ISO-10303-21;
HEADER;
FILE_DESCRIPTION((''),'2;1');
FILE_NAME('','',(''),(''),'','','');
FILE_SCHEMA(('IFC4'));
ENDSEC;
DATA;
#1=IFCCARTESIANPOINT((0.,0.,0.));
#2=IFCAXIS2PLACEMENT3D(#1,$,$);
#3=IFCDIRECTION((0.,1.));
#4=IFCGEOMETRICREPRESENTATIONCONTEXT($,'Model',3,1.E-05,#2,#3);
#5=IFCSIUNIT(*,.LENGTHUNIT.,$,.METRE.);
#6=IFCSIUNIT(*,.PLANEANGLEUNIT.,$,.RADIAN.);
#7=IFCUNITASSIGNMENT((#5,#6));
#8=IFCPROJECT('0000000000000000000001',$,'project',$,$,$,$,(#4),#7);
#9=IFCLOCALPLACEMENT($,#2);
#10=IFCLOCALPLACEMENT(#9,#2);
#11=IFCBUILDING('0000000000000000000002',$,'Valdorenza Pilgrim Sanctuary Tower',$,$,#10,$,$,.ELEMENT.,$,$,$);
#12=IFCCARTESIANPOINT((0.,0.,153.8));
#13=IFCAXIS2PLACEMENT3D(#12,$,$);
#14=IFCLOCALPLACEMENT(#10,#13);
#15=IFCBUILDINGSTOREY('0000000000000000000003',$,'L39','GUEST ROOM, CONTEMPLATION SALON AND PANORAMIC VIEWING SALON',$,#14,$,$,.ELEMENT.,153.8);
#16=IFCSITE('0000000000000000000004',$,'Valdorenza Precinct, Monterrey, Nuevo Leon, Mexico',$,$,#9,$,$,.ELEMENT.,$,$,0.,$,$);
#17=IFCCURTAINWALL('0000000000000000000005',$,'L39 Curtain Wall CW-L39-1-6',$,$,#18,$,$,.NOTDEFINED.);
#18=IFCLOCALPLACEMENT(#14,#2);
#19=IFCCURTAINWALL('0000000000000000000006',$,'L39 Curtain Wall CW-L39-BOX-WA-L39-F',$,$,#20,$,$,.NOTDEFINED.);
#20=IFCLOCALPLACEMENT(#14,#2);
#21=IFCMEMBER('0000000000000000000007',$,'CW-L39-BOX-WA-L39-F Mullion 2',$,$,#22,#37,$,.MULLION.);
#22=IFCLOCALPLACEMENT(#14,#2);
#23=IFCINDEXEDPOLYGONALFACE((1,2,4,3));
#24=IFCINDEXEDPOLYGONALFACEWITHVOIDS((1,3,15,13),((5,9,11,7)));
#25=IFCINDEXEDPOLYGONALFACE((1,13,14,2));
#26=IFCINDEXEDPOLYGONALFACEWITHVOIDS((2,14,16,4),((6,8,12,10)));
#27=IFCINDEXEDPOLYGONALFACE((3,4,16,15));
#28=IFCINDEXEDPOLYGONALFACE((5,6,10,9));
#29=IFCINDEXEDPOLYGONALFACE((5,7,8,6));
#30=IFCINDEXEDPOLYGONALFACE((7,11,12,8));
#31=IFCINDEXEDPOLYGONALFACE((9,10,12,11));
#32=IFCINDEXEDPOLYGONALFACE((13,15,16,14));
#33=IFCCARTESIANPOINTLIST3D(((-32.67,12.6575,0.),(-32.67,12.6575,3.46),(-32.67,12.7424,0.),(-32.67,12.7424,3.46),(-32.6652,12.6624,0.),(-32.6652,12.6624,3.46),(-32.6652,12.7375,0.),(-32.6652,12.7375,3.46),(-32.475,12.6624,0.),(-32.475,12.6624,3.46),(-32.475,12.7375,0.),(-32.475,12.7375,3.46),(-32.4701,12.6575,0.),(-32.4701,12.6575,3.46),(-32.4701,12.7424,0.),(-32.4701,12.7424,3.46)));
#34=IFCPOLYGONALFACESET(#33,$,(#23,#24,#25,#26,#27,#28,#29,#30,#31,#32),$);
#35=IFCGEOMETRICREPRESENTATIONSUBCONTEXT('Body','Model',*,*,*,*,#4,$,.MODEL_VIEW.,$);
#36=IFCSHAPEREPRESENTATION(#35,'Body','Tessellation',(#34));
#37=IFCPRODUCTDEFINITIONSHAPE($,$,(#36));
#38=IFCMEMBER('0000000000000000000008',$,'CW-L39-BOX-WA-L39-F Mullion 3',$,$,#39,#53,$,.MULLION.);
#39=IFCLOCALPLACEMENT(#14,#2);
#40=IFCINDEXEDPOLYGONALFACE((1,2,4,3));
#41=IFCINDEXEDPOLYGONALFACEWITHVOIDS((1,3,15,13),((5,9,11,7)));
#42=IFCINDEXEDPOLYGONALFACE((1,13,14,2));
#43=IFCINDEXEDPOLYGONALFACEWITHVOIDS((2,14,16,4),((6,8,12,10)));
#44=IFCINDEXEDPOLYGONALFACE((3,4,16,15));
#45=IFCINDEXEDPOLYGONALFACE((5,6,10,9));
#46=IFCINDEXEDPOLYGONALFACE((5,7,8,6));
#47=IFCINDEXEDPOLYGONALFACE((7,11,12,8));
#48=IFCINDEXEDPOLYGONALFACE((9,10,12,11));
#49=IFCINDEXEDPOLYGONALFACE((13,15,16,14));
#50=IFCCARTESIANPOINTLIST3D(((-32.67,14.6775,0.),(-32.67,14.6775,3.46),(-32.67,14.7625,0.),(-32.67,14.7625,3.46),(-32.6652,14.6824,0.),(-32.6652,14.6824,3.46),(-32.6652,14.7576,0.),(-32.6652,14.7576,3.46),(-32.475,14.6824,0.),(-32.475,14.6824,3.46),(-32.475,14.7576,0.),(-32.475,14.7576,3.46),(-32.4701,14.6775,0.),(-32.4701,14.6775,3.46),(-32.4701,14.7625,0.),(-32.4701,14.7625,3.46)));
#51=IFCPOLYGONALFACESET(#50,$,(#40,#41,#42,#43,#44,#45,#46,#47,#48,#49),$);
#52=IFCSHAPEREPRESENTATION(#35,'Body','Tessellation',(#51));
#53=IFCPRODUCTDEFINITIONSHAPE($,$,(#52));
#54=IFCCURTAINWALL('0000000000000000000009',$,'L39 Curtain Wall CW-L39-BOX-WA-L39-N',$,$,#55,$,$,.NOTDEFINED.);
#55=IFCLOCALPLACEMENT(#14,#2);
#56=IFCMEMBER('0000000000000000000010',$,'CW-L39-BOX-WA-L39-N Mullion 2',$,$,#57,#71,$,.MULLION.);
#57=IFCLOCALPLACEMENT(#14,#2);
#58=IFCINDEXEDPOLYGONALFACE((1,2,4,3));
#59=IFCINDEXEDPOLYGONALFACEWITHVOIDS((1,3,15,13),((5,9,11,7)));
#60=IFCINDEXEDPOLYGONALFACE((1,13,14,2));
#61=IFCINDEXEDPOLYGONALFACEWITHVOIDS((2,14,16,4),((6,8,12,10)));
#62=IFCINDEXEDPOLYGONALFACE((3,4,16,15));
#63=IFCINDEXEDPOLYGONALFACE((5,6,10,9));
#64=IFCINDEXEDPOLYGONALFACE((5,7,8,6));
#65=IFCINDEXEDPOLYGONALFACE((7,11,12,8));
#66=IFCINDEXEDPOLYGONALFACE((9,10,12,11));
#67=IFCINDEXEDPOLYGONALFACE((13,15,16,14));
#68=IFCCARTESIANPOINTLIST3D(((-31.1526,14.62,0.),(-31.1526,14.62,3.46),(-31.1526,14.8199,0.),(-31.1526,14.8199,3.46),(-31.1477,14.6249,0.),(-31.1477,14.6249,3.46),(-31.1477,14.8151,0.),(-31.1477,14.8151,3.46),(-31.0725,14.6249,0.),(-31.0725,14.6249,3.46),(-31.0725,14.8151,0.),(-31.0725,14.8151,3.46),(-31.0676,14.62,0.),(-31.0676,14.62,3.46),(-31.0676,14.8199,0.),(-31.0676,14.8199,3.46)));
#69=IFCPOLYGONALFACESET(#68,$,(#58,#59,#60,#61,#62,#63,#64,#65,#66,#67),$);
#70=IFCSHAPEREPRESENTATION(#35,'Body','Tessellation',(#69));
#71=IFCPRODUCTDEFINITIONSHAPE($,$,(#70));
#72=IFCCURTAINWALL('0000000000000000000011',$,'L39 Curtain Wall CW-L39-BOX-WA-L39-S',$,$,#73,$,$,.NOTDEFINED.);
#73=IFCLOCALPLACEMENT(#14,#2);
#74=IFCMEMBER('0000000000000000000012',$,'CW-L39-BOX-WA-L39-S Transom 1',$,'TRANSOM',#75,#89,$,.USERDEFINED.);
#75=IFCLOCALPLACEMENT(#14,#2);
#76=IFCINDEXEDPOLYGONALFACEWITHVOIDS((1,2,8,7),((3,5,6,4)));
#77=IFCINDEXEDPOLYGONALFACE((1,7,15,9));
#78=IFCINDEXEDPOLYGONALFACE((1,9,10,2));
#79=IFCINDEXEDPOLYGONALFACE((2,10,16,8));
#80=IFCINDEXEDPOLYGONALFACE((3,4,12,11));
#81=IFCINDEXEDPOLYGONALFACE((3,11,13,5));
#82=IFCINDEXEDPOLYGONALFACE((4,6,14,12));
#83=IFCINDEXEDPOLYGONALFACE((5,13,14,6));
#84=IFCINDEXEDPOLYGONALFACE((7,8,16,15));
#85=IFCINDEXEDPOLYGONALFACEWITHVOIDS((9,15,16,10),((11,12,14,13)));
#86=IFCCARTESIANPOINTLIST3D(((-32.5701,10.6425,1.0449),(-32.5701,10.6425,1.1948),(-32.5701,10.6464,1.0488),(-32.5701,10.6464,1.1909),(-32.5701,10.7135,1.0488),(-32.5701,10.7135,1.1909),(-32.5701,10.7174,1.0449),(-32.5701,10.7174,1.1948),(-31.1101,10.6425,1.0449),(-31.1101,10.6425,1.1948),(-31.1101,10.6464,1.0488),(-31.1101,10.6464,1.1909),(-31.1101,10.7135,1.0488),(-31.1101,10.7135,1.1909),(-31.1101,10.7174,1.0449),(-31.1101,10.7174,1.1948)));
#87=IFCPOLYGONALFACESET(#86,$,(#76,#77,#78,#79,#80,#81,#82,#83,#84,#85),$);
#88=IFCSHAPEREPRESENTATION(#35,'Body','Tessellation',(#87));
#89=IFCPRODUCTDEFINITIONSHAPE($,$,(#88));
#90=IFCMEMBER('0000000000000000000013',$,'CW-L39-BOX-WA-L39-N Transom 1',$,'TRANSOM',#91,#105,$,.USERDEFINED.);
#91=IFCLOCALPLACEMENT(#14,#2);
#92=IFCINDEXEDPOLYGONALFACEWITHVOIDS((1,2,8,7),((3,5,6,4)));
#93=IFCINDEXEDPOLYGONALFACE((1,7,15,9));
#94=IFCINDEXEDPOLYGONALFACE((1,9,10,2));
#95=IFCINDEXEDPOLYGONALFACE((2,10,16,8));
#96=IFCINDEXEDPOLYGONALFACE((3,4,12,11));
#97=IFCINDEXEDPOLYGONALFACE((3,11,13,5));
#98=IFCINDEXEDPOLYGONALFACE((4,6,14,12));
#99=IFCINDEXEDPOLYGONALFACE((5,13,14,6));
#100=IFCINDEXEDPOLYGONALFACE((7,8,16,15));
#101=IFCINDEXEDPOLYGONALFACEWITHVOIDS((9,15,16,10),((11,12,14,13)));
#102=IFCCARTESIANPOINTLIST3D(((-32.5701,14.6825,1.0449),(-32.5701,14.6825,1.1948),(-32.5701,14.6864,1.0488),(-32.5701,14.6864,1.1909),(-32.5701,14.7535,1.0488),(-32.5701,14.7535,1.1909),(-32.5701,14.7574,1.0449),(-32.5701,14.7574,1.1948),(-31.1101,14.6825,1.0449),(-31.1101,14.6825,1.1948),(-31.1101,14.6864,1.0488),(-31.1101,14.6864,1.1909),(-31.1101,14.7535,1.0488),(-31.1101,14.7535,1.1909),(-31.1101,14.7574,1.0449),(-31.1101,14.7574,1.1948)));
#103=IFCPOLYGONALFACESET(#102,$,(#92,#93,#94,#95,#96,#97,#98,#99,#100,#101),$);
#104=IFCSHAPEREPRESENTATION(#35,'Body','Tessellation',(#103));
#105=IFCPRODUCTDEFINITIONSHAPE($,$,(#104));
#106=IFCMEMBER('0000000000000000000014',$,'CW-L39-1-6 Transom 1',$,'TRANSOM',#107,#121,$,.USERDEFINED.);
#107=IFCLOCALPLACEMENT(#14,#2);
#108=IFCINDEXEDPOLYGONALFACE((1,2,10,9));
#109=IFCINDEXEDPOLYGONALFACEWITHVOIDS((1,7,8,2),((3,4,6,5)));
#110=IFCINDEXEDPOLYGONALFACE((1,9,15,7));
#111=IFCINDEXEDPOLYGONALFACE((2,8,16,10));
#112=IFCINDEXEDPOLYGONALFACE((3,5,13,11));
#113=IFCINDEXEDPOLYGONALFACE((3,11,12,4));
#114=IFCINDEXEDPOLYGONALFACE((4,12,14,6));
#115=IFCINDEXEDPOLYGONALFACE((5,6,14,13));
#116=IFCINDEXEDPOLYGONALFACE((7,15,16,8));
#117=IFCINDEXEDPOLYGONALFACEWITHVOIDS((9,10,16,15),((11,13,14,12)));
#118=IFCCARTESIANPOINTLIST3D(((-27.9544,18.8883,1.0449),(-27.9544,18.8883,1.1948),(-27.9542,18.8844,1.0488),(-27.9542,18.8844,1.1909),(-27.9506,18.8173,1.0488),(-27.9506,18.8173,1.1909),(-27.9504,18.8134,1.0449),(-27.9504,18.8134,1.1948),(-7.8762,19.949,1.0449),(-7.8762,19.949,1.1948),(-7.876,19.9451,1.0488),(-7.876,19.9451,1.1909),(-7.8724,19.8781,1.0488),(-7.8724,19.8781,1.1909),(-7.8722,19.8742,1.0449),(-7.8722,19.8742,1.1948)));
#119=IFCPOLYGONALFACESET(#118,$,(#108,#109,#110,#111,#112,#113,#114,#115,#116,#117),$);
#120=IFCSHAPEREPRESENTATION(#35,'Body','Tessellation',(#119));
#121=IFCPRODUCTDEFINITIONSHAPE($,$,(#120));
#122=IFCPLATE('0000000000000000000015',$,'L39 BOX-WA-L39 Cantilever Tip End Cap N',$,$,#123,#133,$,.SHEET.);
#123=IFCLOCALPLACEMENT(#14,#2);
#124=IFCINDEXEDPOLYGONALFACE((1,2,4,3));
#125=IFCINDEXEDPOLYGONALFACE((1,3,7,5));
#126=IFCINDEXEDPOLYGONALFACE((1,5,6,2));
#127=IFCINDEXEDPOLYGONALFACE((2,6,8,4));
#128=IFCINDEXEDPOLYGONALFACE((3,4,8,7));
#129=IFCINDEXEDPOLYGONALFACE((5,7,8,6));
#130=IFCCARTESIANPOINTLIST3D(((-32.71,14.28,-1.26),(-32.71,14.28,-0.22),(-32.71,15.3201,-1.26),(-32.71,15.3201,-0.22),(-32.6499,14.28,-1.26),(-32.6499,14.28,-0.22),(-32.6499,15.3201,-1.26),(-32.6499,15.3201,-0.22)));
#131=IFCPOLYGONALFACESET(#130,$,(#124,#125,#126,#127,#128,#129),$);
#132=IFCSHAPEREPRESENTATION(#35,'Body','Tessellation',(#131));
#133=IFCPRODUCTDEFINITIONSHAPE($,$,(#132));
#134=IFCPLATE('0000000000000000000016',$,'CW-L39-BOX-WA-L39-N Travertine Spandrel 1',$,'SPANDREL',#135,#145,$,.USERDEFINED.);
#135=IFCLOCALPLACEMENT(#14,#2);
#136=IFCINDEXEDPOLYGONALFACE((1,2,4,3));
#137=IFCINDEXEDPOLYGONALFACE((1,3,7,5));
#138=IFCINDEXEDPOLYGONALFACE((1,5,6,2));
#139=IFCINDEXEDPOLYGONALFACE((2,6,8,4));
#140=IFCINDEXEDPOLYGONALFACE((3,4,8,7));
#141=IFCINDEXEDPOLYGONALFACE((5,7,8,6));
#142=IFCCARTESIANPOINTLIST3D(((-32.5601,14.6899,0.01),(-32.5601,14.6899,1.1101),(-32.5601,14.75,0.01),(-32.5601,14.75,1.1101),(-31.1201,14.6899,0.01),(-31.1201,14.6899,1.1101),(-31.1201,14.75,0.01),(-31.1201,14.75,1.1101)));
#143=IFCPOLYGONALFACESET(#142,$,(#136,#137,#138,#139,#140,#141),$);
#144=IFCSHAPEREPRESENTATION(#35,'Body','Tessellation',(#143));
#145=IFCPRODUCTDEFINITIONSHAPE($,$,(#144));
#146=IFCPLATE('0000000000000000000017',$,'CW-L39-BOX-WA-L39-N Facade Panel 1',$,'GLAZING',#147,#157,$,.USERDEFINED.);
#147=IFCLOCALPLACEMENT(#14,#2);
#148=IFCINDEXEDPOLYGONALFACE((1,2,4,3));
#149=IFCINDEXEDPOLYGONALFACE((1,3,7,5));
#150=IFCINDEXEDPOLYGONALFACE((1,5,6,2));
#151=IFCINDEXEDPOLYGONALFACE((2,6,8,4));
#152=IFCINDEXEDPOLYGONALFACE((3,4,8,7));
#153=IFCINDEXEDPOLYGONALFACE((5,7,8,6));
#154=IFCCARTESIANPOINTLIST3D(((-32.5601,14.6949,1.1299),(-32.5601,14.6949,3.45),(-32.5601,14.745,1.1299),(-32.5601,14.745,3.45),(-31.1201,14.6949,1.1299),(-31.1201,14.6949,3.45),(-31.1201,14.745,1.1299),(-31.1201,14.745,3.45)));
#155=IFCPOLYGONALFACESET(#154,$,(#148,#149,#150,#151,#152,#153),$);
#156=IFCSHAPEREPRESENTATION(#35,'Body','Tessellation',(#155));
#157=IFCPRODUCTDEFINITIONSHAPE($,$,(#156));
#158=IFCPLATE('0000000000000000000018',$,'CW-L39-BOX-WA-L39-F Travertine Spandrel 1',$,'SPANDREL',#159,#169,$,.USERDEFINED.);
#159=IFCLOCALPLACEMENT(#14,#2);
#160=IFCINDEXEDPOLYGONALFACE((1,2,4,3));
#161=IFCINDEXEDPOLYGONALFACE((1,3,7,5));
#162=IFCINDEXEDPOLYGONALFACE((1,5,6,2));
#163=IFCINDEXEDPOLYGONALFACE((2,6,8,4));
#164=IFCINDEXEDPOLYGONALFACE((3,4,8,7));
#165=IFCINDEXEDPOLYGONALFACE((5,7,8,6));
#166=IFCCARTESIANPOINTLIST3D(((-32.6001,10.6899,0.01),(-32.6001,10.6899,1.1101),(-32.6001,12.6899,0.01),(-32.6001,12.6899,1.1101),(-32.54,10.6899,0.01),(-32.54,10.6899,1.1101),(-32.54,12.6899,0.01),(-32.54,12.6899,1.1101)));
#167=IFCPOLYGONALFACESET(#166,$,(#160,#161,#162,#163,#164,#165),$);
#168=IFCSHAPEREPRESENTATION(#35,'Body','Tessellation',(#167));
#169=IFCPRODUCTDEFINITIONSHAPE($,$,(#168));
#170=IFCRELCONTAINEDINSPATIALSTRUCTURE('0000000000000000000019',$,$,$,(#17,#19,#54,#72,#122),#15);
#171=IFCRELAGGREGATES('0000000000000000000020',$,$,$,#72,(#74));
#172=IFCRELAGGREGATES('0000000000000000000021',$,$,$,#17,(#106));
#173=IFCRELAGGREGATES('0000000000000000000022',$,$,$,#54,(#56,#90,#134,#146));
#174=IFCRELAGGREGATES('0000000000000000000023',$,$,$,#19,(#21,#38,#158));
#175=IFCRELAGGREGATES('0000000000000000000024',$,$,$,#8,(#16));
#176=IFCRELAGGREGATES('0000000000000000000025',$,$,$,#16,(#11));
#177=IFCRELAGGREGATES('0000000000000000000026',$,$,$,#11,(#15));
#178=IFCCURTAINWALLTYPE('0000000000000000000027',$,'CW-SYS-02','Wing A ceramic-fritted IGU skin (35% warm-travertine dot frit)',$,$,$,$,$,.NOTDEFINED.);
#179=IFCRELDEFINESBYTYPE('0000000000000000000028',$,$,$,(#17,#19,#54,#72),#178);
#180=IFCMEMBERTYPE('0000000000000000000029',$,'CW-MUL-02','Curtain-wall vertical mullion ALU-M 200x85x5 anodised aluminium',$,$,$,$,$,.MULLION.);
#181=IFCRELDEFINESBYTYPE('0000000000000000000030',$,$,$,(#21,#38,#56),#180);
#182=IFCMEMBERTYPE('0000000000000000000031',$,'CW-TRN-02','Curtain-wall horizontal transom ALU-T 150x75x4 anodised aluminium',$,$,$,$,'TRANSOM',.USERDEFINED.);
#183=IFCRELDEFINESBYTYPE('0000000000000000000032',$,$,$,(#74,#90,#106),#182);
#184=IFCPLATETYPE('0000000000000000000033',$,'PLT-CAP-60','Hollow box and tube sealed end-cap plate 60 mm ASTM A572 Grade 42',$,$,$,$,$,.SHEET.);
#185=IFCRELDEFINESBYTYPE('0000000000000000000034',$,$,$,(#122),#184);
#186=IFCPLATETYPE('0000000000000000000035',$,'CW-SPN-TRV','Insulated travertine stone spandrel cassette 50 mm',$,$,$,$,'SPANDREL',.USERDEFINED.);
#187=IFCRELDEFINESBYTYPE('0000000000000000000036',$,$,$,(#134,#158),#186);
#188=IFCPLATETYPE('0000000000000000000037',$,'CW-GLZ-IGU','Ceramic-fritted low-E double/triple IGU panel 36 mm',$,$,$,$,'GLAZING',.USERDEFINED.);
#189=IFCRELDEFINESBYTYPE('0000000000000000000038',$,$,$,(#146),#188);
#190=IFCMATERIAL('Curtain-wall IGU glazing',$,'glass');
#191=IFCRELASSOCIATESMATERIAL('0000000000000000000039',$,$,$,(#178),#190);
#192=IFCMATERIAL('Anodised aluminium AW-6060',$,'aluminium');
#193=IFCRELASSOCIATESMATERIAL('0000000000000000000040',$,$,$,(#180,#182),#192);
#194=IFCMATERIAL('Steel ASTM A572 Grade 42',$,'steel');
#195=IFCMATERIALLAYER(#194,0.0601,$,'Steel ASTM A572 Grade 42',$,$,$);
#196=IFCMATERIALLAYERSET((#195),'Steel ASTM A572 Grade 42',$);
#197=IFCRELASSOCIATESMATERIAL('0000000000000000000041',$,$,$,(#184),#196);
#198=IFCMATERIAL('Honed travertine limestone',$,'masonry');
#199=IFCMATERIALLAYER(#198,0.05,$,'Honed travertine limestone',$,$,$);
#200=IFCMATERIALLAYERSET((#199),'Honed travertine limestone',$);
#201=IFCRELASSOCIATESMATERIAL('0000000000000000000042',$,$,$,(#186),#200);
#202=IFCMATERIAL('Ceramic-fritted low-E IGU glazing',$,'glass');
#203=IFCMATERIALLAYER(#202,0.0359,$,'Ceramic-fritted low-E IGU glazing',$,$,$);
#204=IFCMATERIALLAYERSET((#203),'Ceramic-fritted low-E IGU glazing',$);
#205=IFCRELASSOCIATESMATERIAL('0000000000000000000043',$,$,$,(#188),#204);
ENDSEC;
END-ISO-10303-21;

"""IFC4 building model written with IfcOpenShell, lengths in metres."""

from ifc_helpers import new_model, si_unit, direction, frame, origin, origin_2d, place, context, subcontext, project, spatial, rectangle, hollow_rectangle, extrude, source, transform, mapped, material, layer, layer_set, material_profile, profile_set, type_object, element, aggregate, save


model = new_model("IFC4")

# Units and contexts
model_context = context("Model", 3, precision=1e-05, world=origin(), true_north=direction((0.0, 1.0)))
body_context = subcontext(model_context, "Body", "Model", "MODEL_VIEW")
ifc_project = project(units=[si_unit("LENGTHUNIT", "METRE"), si_unit("PLANEANGLEUNIT", "RADIAN")], contexts=[model_context])

# Site, building, storey
site_placement = place(None, origin())
site = spatial("IfcSite", under=ifc_project, at=site_placement, Name="Valdorenza Precinct, Monterrey, Nuevo Leon, Mexico", CompositionType="ELEMENT", RefElevation=0.0)
building_placement = place(site_placement, origin())
building = spatial("IfcBuilding", under=site, at=building_placement, Name="Valdorenza Pilgrim Sanctuary Tower", CompositionType="ELEMENT")
storey_placement = place(building_placement, frame((0.0, 0.0, 153.8)))
storey = spatial("IfcBuildingStorey", under=building, at=storey_placement, Name="L39", Description="GUEST ROOM, CONTEMPLATION SALON AND PANORAMIC VIEWING SALON", CompositionType="ELEMENT", Elevation=153.8)

# Shared definitions
ifc_material_1 = material(Name="Steel ASTM A572 Grade 42", Category="steel")

# Curtain wall
ifc_material_2 = material(Name="Curtain-wall IGU glazing", Category="glass")
curtain_wall_type = type_object("IfcCurtainWallType", Name="CW-SYS-02", Description="Wing A ceramic-fritted IGU skin (35% warm-travertine dot frit)", PredefinedType="NOTDEFINED", material=ifc_material_2)
curtain_wall_1_placement = place(storey_placement, origin())
curtain_wall_1 = element("IfcCurtainWall", 1, at=curtain_wall_1_placement, inside=storey, type_object=curtain_wall_type, Name="L39 Curtain Wall CW-L39-1-6", PredefinedType="NOTDEFINED")
ifc_material_3 = material(Name="Anodised aluminium AW-6060", Category="aluminium")
ifc_material_profile_1 = material_profile(ifc_material_3, hollow_rectangle(XDim=0.085, YDim=0.2, WallThickness=0.0049, at=origin_2d()), Name="ALU-M 200x85x5")
ifc_profile_set_1 = profile_set([ifc_material_profile_1], Name="Anodised aluminium AW-6060")
member_type_1 = type_object("IfcMemberType", Name="CW-MUL-02", Description="Curtain-wall vertical mullion ALU-M 200x85x5 anodised aluminium", PredefinedType="MULLION", material=ifc_profile_set_1)
shared_shape_1 = source(origin(), body_context, "Body", "SweptSolid", [
    extrude(hollow_rectangle(XDim=0.085, YDim=0.2, WallThickness=0.0049, at=origin_2d()), origin(), (0.0, 0.0, 1.0), 3.46),
])

# Curtain wall, members
curtain_wall_2_placement = place(storey_placement, origin())
curtain_wall_2 = element("IfcCurtainWall", 2, at=curtain_wall_2_placement, inside=storey, type_object=curtain_wall_type, Name="L39 Curtain Wall CW-L39-BOX-WA-L39-F", PredefinedType="NOTDEFINED")
member_1_placement = place(storey_placement, frame((-32.5701, 12.7, 0.0), z_axis=(0.0, 0.0, 1.0), x_axis=(0.0, 1.0, 0.0)))
member_1 = element("IfcMember", 3, at=member_1_placement, type_object=member_type_1, Name="CW-L39-BOX-WA-L39-F Mullion 2", PredefinedType="MULLION", context=body_context, shape_type="MappedRepresentation", body=[
    mapped(shared_shape_1, transform((0.0, 0.0, 0.0), x_axis=(1.0, 0.0, 0.0), y_axis=(0.0, 1.0, 0.0), z_axis=(0.0, 0.0, 1.0), scale=1.0)),
])
member_2_placement = place(storey_placement, frame((-32.5701, 14.72, 0.0), z_axis=(0.0, 0.0, 1.0), x_axis=(0.0, 1.0, 0.0)))
member_2 = element("IfcMember", 4, at=member_2_placement, type_object=member_type_1, Name="CW-L39-BOX-WA-L39-F Mullion 3", PredefinedType="MULLION", context=body_context, shape_type="MappedRepresentation", body=[
    mapped(shared_shape_1, transform((0.0, 0.0, 0.0), x_axis=(1.0, 0.0, 0.0), y_axis=(0.0, 1.0, 0.0), z_axis=(0.0, 0.0, 1.0), scale=1.0)),
])

# Curtain walls, members
curtain_wall_3_placement = place(storey_placement, origin())
curtain_wall_3 = element("IfcCurtainWall", 5, at=curtain_wall_3_placement, inside=storey, type_object=curtain_wall_type, Name="L39 Curtain Wall CW-L39-BOX-WA-L39-N", PredefinedType="NOTDEFINED")
member_3_placement = place(storey_placement, frame((-31.1101, 14.72, 0.0), z_axis=(0.0, 0.0, 1.0), x_axis=(1.0, 0.0, 0.0)))
member_3 = element("IfcMember", 6, at=member_3_placement, type_object=member_type_1, Name="CW-L39-BOX-WA-L39-N Mullion 2", PredefinedType="MULLION", context=body_context, shape_type="MappedRepresentation", body=[
    mapped(shared_shape_1, transform((0.0, 0.0, 0.0), x_axis=(1.0, 0.0, 0.0), y_axis=(0.0, 1.0, 0.0), z_axis=(0.0, 0.0, 1.0), scale=1.0)),
])
curtain_wall_4_placement = place(storey_placement, origin())
curtain_wall_4 = element("IfcCurtainWall", 7, at=curtain_wall_4_placement, inside=storey, type_object=curtain_wall_type, Name="L39 Curtain Wall CW-L39-BOX-WA-L39-S", PredefinedType="NOTDEFINED")
ifc_material_profile_2 = material_profile(ifc_material_3, hollow_rectangle(XDim=0.075, YDim=0.1499, WallThickness=0.0039, at=origin_2d()), Name="ALU-T 150x75x4")
ifc_profile_set_2 = profile_set([ifc_material_profile_2], Name="Anodised aluminium AW-6060")
member_type_2 = type_object("IfcMemberType", Name="CW-TRN-02", Description="Curtain-wall horizontal transom ALU-T 150x75x4 anodised aluminium", ElementType="TRANSOM", PredefinedType="USERDEFINED", material=ifc_profile_set_2)
shared_shape_2 = source(origin(), body_context, "Body", "SweptSolid", [
    extrude(hollow_rectangle(XDim=0.075, YDim=0.1499, WallThickness=0.0039, at=origin_2d()), origin(), (0.0, 0.0, 1.0), 1.46),
])
member_4_placement = place(storey_placement, frame((-31.1101, 10.6799, 1.1199), z_axis=(-1.0, 0.0, 0.0), x_axis=(0.0, -1.0, 0.0)))
member_4 = element("IfcMember", 8, at=member_4_placement, type_object=member_type_2, Name="CW-L39-BOX-WA-L39-S Transom 1", ObjectType="TRANSOM", PredefinedType="USERDEFINED", context=body_context, shape_type="MappedRepresentation", body=[
    mapped(shared_shape_2, transform((0.0, 0.0, 0.0), x_axis=(1.0, 0.0, 0.0), y_axis=(0.0, 1.0, 0.0), z_axis=(0.0, 0.0, 1.0), scale=1.0)),
])
aggregate(curtain_wall_4, [member_4])

# Members
member_5_placement = place(storey_placement, frame((-32.5701, 14.72, 1.1199), z_axis=(1.0, 0.0, 0.0), x_axis=(0.0, 1.0, 0.0)))
member_5 = element("IfcMember", 9, at=member_5_placement, type_object=member_type_2, Name="CW-L39-BOX-WA-L39-N Transom 1", ObjectType="TRANSOM", PredefinedType="USERDEFINED", context=body_context, shape_type="MappedRepresentation", body=[
    mapped(shared_shape_2, transform((0.0, 0.0, 0.0), x_axis=(1.0, 0.0, 0.0), y_axis=(0.0, 1.0, 0.0), z_axis=(0.0, 0.0, 1.0), scale=1.0)),
])
shared_shape_3 = source(origin(), body_context, "Body", "SweptSolid", [
    extrude(hollow_rectangle(XDim=0.075, YDim=0.1499, WallThickness=0.0039, at=origin_2d()), origin(), (0.0, 0.0, 1.0), 20.1062),
])
member_6_placement = place(storey_placement, frame((-27.9524, 18.8508, 1.1199), z_axis=(0.998607, 0.05276, 0.0), x_axis=(-0.05276, 0.998607, 0.0)))
member_6 = element("IfcMember", 10, at=member_6_placement, type_object=member_type_2, Name="CW-L39-1-6 Transom 1", ObjectType="TRANSOM", PredefinedType="USERDEFINED", context=body_context, shape_type="MappedRepresentation", body=[
    mapped(shared_shape_3, transform((0.0, 0.0, 0.0), x_axis=(1.0, 0.0, 0.0), y_axis=(0.0, 1.0, 0.0), z_axis=(0.0, 0.0, 1.0), scale=1.0)),
])
aggregate(curtain_wall_1, [member_6])

# Plates
ifc_layer_1 = layer(ifc_material_1, 0.0601, Name="Steel ASTM A572 Grade 42")
ifc_layer_set_1 = layer_set([ifc_layer_1], Name="Steel ASTM A572 Grade 42")
plate_type_1 = type_object("IfcPlateType", Name="PLT-CAP-60", Description="Hollow box and tube sealed end-cap plate 60 mm ASTM A572 Grade 42", PredefinedType="SHEET", material=ifc_layer_set_1)
shared_shape_4 = source(origin(), body_context, "Body", "SweptSolid", [
    extrude(rectangle(XDim=0.0601, YDim=1.04, at=origin_2d()), origin(), (0.0, 0.0, 1.0), 1.04),
])
plate_1_placement = place(storey_placement, frame((-32.6799, 14.8, -1.26), z_axis=(0.0, 0.0, 1.0), x_axis=(1.0, 0.0, 0.0)))
element("IfcPlate", 11, at=plate_1_placement, inside=storey, type_object=plate_type_1, Name="L39 BOX-WA-L39 Cantilever Tip End Cap N", PredefinedType="SHEET", context=body_context, shape_type="MappedRepresentation", body=[
    mapped(shared_shape_4, transform((0.0, 0.0, 0.0), x_axis=(1.0, 0.0, 0.0), y_axis=(0.0, 1.0, 0.0), z_axis=(0.0, 0.0, 1.0), scale=1.0)),
])
ifc_material_4 = material(Name="Honed travertine limestone", Category="masonry")
ifc_layer_2 = layer(ifc_material_4, 0.05, Name="Honed travertine limestone")
ifc_layer_set_2 = layer_set([ifc_layer_2], Name="Honed travertine limestone")
plate_type_2 = type_object("IfcPlateType", Name="CW-SPN-TRV", Description="Insulated travertine stone spandrel cassette 50 mm", ElementType="SPANDREL", PredefinedType="USERDEFINED", material=ifc_layer_set_2)
shared_shape_5 = source(origin(), body_context, "Body", "SweptSolid", [
    extrude(rectangle(XDim=1.4399, YDim=0.0601, at=origin_2d()), origin(), (0.0, 0.0, 1.0), 1.1001),
])
plate_2_placement = place(storey_placement, frame((-31.8401, 14.72, 0.01), z_axis=(0.0, 0.0, 1.0), x_axis=(1.0, 0.0, 0.0)))
plate_2 = element("IfcPlate", 12, at=plate_2_placement, type_object=plate_type_2, Name="CW-L39-BOX-WA-L39-N Travertine Spandrel 1", ObjectType="SPANDREL", PredefinedType="USERDEFINED", context=body_context, shape_type="MappedRepresentation", body=[
    mapped(shared_shape_5, transform((0.0, 0.0, 0.0), x_axis=(1.0, 0.0, 0.0), y_axis=(0.0, 1.0, 0.0), z_axis=(0.0, 0.0, 1.0), scale=1.0)),
])
ifc_material_5 = material(Name="Ceramic-fritted low-E IGU glazing", Category="glass")
ifc_layer_3 = layer(ifc_material_5, 0.0359, Name="Ceramic-fritted low-E IGU glazing")
ifc_layer_set_3 = layer_set([ifc_layer_3], Name="Ceramic-fritted low-E IGU glazing")
plate_type_3 = type_object("IfcPlateType", Name="CW-GLZ-IGU", Description="Ceramic-fritted low-E double/triple IGU panel 36 mm", ElementType="GLAZING", PredefinedType="USERDEFINED", material=ifc_layer_set_3)
shared_shape_6 = source(origin(), body_context, "Body", "SweptSolid", [
    extrude(rectangle(XDim=1.4399, YDim=0.05, at=origin_2d()), origin(), (0.0, 0.0, 1.0), 2.3201),
])
plate_3_placement = place(storey_placement, frame((-31.8401, 14.72, 1.1299), z_axis=(0.0, 0.0, 1.0), x_axis=(1.0, 0.0, 0.0)))
plate_3 = element("IfcPlate", 13, at=plate_3_placement, type_object=plate_type_3, Name="CW-L39-BOX-WA-L39-N Facade Panel 1", ObjectType="GLAZING", PredefinedType="USERDEFINED", context=body_context, shape_type="MappedRepresentation", body=[
    mapped(shared_shape_6, transform((0.0, 0.0, 0.0), x_axis=(1.0, 0.0, 0.0), y_axis=(0.0, 1.0, 0.0), z_axis=(0.0, 0.0, 1.0), scale=1.0)),
])
aggregate(curtain_wall_3, [member_3, member_5, plate_2, plate_3])
shared_shape_7 = source(origin(), body_context, "Body", "SweptSolid", [
    extrude(rectangle(XDim=2.0, YDim=0.0601, at=origin_2d()), origin(), (0.0, 0.0, 1.0), 1.1001),
])
plate_4_placement = place(storey_placement, frame((-32.5701, 11.6899, 0.01), z_axis=(0.0, 0.0, 1.0), x_axis=(0.0, 1.0, 0.0)))
plate_4 = element("IfcPlate", 14, at=plate_4_placement, type_object=plate_type_2, Name="CW-L39-BOX-WA-L39-F Travertine Spandrel 1", ObjectType="SPANDREL", PredefinedType="USERDEFINED", context=body_context, shape_type="MappedRepresentation", body=[
    mapped(shared_shape_7, transform((0.0, 0.0, 0.0), x_axis=(1.0, 0.0, 0.0), y_axis=(0.0, 1.0, 0.0), z_axis=(0.0, 0.0, 1.0), scale=1.0)),
])
aggregate(curtain_wall_2, [member_1, member_2, plate_4])

save(model, "model.ifc")
